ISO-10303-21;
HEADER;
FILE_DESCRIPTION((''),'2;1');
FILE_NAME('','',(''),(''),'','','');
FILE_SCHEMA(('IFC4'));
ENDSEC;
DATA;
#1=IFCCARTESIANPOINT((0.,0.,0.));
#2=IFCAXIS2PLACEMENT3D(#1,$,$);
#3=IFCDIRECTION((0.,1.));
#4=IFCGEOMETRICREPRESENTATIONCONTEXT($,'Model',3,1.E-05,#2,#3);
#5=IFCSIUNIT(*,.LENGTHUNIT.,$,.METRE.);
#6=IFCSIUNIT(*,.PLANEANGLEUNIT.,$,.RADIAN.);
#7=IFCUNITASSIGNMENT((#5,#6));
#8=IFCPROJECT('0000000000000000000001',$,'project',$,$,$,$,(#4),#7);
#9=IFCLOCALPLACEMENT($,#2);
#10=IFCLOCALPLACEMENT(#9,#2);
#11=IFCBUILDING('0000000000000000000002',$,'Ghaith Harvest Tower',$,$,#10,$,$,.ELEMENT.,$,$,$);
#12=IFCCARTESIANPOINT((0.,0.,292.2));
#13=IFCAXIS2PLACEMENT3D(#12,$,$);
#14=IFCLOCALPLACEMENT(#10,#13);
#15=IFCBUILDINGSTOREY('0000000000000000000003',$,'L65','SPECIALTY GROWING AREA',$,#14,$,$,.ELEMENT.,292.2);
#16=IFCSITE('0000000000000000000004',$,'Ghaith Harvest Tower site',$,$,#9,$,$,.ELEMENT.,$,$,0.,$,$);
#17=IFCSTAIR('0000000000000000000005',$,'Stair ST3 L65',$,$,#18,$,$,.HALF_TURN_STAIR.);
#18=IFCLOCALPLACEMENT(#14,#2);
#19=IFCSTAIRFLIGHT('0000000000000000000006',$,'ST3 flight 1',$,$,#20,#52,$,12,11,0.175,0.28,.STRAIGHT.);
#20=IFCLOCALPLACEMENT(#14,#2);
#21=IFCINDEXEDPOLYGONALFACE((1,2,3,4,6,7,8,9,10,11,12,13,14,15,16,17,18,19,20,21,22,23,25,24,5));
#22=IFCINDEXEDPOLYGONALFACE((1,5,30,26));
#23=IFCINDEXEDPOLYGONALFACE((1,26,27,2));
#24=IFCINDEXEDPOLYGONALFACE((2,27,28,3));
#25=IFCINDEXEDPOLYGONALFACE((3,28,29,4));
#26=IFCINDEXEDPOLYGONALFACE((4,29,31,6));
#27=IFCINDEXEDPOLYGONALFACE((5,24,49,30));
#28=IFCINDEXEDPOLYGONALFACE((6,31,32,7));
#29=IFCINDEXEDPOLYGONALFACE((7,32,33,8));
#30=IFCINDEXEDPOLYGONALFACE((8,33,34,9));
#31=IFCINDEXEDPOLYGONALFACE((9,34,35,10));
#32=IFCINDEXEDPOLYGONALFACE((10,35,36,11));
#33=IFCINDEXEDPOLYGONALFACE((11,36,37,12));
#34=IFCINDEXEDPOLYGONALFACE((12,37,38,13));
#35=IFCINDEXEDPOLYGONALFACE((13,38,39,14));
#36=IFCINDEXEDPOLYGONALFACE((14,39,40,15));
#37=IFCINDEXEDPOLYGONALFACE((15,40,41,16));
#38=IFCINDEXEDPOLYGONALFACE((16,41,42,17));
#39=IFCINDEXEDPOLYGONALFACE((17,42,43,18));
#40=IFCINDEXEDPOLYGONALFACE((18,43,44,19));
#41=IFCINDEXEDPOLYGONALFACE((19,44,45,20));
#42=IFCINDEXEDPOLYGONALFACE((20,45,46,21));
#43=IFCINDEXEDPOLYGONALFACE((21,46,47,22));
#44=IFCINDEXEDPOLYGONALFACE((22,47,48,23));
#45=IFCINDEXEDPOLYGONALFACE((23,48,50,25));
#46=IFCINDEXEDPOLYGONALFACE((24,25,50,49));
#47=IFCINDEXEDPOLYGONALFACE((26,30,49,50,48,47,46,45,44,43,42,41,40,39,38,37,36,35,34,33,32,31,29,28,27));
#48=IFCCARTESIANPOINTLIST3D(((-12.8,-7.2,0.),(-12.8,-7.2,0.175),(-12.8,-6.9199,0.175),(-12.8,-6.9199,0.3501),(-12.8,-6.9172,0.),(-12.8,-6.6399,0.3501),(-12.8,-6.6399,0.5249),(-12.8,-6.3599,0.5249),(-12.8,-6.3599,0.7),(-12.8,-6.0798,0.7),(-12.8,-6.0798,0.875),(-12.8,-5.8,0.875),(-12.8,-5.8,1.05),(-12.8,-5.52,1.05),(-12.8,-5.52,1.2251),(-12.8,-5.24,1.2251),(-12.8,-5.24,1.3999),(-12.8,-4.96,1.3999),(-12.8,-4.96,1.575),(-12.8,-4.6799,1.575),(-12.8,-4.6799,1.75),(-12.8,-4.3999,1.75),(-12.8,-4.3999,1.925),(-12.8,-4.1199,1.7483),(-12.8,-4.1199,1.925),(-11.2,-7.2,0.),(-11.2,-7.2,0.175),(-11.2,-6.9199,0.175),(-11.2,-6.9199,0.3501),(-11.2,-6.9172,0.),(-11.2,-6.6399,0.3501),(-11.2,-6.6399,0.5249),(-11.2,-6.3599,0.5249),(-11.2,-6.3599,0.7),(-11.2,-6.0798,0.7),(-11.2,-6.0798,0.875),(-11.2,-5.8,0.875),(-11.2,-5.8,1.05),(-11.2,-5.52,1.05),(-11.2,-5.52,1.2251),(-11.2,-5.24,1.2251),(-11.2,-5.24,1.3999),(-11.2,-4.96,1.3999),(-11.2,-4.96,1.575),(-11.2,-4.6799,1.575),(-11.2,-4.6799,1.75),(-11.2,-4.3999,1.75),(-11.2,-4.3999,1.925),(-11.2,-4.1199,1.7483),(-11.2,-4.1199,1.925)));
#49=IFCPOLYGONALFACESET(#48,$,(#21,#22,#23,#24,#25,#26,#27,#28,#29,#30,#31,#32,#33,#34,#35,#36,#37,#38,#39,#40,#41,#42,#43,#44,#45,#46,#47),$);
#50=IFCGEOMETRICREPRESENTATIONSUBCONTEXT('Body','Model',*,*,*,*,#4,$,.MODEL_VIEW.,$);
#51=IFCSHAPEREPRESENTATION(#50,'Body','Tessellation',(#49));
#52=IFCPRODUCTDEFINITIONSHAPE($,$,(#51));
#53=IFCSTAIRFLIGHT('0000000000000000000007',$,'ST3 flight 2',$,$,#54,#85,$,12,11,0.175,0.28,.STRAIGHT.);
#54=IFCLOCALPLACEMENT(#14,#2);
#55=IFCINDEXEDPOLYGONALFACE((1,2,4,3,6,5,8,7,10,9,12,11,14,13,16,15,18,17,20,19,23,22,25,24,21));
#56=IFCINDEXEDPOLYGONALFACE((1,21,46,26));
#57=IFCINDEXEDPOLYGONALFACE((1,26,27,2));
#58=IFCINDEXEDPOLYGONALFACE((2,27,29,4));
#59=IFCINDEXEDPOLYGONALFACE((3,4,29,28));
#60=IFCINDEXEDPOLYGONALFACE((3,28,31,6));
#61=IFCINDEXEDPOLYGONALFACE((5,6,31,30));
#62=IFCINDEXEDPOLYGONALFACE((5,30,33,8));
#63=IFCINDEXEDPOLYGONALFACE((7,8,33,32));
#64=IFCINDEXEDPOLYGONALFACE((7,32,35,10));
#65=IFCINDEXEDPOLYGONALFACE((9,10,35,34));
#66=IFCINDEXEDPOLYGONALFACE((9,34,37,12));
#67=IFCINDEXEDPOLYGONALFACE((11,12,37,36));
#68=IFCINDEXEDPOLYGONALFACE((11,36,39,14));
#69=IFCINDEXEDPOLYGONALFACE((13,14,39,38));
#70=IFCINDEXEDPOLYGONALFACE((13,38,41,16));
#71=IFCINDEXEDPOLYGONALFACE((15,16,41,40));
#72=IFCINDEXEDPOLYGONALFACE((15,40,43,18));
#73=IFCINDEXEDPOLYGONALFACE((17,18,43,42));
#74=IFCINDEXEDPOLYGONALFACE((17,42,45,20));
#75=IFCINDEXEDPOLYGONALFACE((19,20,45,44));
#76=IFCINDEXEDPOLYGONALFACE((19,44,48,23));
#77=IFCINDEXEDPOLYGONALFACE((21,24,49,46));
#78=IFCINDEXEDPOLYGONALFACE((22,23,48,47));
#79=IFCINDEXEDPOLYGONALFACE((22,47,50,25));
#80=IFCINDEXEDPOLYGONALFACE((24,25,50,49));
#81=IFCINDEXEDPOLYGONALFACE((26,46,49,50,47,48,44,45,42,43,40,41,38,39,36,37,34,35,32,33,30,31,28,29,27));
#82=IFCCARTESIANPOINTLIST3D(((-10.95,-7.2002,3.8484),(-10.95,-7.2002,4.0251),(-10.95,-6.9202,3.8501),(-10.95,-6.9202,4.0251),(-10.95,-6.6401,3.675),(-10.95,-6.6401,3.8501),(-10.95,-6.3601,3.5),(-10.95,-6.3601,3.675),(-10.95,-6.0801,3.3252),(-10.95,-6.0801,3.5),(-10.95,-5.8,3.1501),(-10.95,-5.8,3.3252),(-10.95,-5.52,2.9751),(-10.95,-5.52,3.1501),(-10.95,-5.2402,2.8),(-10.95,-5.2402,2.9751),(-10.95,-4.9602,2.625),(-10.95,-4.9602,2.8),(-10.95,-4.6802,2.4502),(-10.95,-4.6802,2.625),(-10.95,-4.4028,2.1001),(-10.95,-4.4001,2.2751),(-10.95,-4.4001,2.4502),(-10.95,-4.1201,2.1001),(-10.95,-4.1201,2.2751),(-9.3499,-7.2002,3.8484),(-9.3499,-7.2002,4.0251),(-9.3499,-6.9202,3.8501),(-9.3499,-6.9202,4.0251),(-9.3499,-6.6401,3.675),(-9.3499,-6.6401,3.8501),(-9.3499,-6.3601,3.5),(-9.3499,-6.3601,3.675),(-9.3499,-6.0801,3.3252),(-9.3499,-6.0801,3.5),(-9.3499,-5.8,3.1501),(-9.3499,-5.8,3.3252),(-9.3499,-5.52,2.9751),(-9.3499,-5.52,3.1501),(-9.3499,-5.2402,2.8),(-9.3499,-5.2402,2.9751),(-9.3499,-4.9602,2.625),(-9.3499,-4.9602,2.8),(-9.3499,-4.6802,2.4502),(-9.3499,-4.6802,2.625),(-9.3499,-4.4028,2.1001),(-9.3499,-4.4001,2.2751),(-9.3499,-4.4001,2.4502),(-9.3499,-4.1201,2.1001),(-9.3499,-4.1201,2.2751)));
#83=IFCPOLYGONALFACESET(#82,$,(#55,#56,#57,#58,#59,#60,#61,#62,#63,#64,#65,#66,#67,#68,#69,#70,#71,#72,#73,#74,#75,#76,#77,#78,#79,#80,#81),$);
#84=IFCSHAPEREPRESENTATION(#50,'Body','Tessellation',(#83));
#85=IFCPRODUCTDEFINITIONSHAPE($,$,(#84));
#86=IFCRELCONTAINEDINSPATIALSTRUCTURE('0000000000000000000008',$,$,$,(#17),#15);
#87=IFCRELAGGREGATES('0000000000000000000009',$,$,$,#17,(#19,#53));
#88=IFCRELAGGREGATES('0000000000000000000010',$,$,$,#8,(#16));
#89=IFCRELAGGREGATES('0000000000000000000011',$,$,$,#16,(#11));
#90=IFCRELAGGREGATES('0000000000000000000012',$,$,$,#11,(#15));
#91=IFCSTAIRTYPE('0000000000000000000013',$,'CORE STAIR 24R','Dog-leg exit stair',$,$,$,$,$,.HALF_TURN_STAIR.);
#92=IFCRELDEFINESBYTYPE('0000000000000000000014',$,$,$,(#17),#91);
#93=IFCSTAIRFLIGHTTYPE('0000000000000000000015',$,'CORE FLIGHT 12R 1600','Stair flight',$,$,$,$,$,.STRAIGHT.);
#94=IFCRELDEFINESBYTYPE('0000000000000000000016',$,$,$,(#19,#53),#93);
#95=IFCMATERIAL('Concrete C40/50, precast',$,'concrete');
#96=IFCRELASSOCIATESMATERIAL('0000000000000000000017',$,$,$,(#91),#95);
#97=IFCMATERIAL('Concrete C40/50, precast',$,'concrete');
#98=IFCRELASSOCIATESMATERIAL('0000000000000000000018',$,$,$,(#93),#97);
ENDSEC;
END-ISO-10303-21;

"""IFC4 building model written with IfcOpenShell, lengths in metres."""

from ifc_helpers import new_model, si_unit, direction, frame, origin, place, context, subcontext, project, spatial, polyline, outline, extrude, material, type_object, element, aggregate, save


model = new_model("IFC4")

# Units and contexts
model_context = context("Model", 3, precision=1e-05, world=origin(), true_north=direction((0.0, 1.0)))
body_context = subcontext(model_context, "Body", "Model", "MODEL_VIEW")
ifc_project = project(units=[si_unit("LENGTHUNIT", "METRE"), si_unit("PLANEANGLEUNIT", "RADIAN")], contexts=[model_context])

# Site, building, storey
site_placement = place(None, origin())
site = spatial("IfcSite", under=ifc_project, at=site_placement, Name="Ghaith Harvest Tower site", CompositionType="ELEMENT", RefElevation=0.0)
building_placement = place(site_placement, origin())
building = spatial("IfcBuilding", under=site, at=building_placement, Name="Ghaith Harvest Tower", CompositionType="ELEMENT")
storey_placement = place(building_placement, frame((0.0, 0.0, 292.2)))
storey = spatial("IfcBuildingStorey", under=building, at=storey_placement, Name="L65", Description="SPECIALTY GROWING AREA", CompositionType="ELEMENT", Elevation=292.2)

# Stair, stair flights
ifc_material_1 = material(Name="Concrete C40/50, precast", Category="concrete")
stair_type = type_object("IfcStairType", Name="CORE STAIR 24R", Description="Dog-leg exit stair", PredefinedType="HALF_TURN_STAIR", material=ifc_material_1)
stair_placement = place(storey_placement, origin())
stair = element("IfcStair", 1, at=stair_placement, inside=storey, type_object=stair_type, Name="Stair ST3 L65", PredefinedType="HALF_TURN_STAIR")
ifc_material_2 = material(Name="Concrete C40/50, precast", Category="concrete")
stair_flight_type = type_object("IfcStairFlightType", Name="CORE FLIGHT 12R 1600", Description="Stair flight", PredefinedType="STRAIGHT", material=ifc_material_2)
stair_flight_1_placement = place(storey_placement, frame((-12.0, -7.2, 0.0), z_axis=(0.0, 0.0, 1.0), x_axis=(0.0, 1.0, 0.0)))
stair_flight_1 = element("IfcStairFlight", 2, at=stair_flight_1_placement, type_object=stair_flight_type, Name="ST3 flight 1", NumberOfRisers=12, NumberOfTreads=11, PredefinedType="STRAIGHT", RiserHeight=0.175, TreadLength=0.28, context=body_context, shape_type="SweptSolid", body=[
    extrude(outline(polyline([(0.0, 0.0), (0.0, 0.175), (0.28, 0.175), (0.28, 0.3501), (0.5601, 0.3501), (0.5601, 0.5249), (0.8401, 0.5249), (0.8401, 0.7), (1.1201, 0.7), (1.1201, 0.875), (1.3999, 0.875), (1.3999, 1.05), (1.6799, 1.05), (1.6799, 1.2251), (1.96, 1.2251), (1.96, 1.3999), (2.24, 1.3999), (2.24, 1.575), (2.52, 1.575), (2.52, 1.75), (2.8, 1.75), (2.8, 1.925), (3.0801, 1.925), (3.0801, 2.1001), (3.0801, 1.7483), (0.2827, 0.0), (0.0, 0.0)])), frame((0.0, 0.8, 0.0), z_axis=(0.0, -1.0, 0.0), x_axis=(1.0, 0.0, 0.0)), (0.0, 0.0, 1.0), 1.6001),
])
stair_flight_2_placement = place(storey_placement, frame((-10.1499, -4.1201, 2.1001), z_axis=(0.0, 0.0, 1.0), x_axis=(0.0, -1.0, 0.0)))
stair_flight_2 = element("IfcStairFlight", 3, at=stair_flight_2_placement, type_object=stair_flight_type, Name="ST3 flight 2", NumberOfRisers=12, NumberOfTreads=11, PredefinedType="STRAIGHT", RiserHeight=0.175, TreadLength=0.28, context=body_context, shape_type="SweptSolid", body=[
    extrude(outline(polyline([(0.0, 0.0), (0.0, 0.175), (0.28, 0.175), (0.28, 0.3501), (0.5601, 0.3501), (0.5601, 0.5249), (0.8401, 0.5249), (0.8401, 0.7), (1.1201, 0.7), (1.1201, 0.875), (1.3999, 0.875), (1.3999, 1.05), (1.6799, 1.05), (1.6799, 1.2251), (1.96, 1.2251), (1.96, 1.3999), (2.24, 1.3999), (2.24, 1.575), (2.52, 1.575), (2.52, 1.75), (2.8, 1.75), (2.8, 1.925), (3.0801, 1.925), (3.0801, 2.1001), (3.0801, 1.7483), (0.2827, 0.0), (0.0, 0.0)])), frame((0.0, 0.8, 0.0), z_axis=(0.0, -1.0, 0.0), x_axis=(1.0, 0.0, 0.0)), (0.0, 0.0, 1.0), 1.6001),
])
aggregate(stair, [stair_flight_1, stair_flight_2])

save(model, "model.ifc")
